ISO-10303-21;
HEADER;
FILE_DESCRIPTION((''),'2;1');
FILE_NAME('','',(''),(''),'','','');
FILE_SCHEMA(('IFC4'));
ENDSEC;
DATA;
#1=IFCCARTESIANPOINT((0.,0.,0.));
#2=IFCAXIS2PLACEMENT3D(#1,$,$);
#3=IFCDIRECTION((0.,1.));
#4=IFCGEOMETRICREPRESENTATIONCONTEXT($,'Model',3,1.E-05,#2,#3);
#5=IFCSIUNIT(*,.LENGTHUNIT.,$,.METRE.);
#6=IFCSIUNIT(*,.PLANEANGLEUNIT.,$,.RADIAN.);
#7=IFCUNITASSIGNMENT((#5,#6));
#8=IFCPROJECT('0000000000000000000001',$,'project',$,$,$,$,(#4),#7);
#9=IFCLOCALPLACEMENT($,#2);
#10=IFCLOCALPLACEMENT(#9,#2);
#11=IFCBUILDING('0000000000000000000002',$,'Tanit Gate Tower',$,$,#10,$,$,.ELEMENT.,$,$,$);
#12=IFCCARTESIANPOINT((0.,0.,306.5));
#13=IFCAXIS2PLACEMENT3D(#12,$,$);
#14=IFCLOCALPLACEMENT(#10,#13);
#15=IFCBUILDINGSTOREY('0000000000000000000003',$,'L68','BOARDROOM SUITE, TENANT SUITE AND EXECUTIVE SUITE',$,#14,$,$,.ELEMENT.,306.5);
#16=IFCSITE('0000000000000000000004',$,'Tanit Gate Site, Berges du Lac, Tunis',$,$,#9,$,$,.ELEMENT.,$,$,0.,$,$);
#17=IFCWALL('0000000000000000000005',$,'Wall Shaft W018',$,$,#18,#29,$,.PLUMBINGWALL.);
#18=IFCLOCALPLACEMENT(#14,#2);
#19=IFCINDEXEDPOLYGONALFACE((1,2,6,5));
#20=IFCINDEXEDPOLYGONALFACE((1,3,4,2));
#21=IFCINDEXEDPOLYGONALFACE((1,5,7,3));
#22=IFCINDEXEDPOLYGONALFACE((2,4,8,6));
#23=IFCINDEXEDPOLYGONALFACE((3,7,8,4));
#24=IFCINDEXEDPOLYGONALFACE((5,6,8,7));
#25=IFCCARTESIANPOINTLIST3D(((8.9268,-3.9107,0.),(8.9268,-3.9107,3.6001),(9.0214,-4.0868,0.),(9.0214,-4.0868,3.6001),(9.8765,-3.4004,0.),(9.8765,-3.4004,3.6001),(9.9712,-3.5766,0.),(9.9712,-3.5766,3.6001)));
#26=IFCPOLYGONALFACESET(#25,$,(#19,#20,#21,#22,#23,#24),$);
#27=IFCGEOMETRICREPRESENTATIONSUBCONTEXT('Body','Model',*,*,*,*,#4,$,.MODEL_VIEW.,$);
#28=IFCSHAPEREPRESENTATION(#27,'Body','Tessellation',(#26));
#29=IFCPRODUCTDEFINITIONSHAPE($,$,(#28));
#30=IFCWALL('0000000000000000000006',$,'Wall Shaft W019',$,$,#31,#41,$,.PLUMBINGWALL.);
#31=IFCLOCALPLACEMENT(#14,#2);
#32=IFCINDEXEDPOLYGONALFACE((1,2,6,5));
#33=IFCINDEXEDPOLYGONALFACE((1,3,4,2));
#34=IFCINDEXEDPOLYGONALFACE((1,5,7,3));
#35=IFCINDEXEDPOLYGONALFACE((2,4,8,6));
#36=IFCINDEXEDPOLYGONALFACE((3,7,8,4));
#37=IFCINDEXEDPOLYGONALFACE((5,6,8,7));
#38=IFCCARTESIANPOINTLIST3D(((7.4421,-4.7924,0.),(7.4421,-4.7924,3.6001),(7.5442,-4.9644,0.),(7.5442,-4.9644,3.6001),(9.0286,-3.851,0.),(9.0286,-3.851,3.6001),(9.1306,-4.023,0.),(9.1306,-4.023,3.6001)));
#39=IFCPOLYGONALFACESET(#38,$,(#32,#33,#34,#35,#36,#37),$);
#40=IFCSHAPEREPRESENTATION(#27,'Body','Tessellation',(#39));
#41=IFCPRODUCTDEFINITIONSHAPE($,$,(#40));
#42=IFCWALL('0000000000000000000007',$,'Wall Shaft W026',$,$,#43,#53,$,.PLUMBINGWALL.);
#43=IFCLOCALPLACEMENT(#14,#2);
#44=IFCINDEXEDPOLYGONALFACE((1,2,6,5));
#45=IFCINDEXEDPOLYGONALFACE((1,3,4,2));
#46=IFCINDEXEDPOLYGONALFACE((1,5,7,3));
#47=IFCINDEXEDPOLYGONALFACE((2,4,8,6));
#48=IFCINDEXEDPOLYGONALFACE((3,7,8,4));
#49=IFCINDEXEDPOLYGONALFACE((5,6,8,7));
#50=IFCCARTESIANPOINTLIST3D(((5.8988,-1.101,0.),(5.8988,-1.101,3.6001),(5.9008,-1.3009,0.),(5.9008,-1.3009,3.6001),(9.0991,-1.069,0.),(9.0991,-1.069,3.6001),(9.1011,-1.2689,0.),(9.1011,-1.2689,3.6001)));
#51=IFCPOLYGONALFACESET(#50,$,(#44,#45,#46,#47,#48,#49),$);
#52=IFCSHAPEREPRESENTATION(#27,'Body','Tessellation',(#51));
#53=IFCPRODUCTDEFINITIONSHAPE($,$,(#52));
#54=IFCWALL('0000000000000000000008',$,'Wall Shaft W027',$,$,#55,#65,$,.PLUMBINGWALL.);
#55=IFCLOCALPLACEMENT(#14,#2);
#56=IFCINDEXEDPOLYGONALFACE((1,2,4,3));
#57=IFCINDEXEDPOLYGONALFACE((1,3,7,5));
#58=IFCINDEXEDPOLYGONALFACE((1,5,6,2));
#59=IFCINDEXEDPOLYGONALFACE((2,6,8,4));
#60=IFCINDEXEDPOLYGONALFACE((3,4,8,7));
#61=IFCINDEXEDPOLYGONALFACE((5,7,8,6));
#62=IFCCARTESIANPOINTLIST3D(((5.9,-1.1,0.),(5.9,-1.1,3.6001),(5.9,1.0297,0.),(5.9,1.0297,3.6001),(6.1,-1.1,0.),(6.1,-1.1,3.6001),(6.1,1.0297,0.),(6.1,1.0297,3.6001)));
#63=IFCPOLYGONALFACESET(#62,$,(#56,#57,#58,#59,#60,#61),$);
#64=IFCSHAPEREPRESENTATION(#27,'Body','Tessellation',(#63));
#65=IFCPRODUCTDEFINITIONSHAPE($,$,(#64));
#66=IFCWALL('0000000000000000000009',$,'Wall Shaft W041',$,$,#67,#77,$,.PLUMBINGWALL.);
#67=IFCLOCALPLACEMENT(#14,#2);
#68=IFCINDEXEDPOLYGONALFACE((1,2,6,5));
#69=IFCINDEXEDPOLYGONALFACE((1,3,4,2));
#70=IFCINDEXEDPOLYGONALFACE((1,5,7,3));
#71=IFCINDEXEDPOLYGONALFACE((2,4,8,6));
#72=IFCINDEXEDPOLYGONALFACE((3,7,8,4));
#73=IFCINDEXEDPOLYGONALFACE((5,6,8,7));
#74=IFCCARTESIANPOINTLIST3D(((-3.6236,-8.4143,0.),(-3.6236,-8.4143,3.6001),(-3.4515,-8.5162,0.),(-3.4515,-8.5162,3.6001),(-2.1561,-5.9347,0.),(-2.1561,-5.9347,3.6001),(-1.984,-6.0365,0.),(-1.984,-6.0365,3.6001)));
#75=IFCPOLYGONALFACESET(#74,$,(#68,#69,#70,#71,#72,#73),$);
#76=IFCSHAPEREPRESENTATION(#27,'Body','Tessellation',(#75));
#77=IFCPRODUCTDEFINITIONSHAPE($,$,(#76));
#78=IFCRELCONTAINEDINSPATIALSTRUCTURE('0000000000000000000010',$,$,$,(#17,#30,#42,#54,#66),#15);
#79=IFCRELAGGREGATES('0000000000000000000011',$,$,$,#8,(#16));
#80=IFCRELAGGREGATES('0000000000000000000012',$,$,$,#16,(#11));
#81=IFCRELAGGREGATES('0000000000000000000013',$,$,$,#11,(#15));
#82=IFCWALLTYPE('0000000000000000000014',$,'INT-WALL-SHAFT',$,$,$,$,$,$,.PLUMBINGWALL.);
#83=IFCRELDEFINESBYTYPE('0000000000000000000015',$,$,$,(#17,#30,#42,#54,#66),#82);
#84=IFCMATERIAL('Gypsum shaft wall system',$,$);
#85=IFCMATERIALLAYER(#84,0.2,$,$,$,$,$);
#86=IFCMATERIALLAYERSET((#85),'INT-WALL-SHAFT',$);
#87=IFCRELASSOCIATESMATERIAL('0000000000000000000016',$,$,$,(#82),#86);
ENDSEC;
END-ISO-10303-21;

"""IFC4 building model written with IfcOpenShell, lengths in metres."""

from ifc_helpers import new_model, si_unit, direction, frame, frame_2d, origin, place, context, subcontext, project, spatial, rectangle, extrude, material, layer, layer_set, type_object, element, save


model = new_model("IFC4")

# Units and contexts
model_context = context("Model", 3, precision=1e-05, world=origin(), true_north=direction((0.0, 1.0)))
body_context = subcontext(model_context, "Body", "Model", "MODEL_VIEW")
ifc_project = project(units=[si_unit("LENGTHUNIT", "METRE"), si_unit("PLANEANGLEUNIT", "RADIAN")], contexts=[model_context])

# Site, building, storey
site_placement = place(None, origin())
site = spatial("IfcSite", under=ifc_project, at=site_placement, Name="Tanit Gate Site, Berges du Lac, Tunis", CompositionType="ELEMENT", RefElevation=0.0)
building_placement = place(site_placement, origin())
building = spatial("IfcBuilding", under=site, at=building_placement, Name="Tanit Gate Tower", CompositionType="ELEMENT")
storey_placement = place(building_placement, frame((0.0, 0.0, 306.5)))
storey = spatial("IfcBuildingStorey", under=building, at=storey_placement, Name="L68", Description="BOARDROOM SUITE, TENANT SUITE AND EXECUTIVE SUITE", CompositionType="ELEMENT", Elevation=306.5)

# Walls
ifc_material_1 = material(Name="Gypsum shaft wall system")
ifc_layer_1 = layer(ifc_material_1, 0.2)
ifc_layer_set_1 = layer_set([ifc_layer_1], Name="INT-WALL-SHAFT")
wall_type_1 = type_object("IfcWallType", Name="INT-WALL-SHAFT", PredefinedType="PLUMBINGWALL", material=ifc_layer_set_1)
wall_1_placement = place(storey_placement, frame((8.9741, -3.9988, 0.0), z_axis=(0.0, 0.0, 1.0), x_axis=(0.880907, 0.473289, 0.0)))
element("IfcWall", 1, at=wall_1_placement, inside=storey, type_object=wall_type_1, Name="Wall Shaft W018", PredefinedType="PLUMBINGWALL", context=body_context, shape_type="SweptSolid", body=[
    extrude(rectangle(XDim=1.0781, YDim=0.2, at=frame_2d((0.5391, 0.0))), origin(), (0.0, 0.0, 1.0), 3.6001),
])
wall_2_placement = place(storey_placement, frame((7.4932, -4.8784, 0.0), z_axis=(0.0, 0.0, 1.0), x_axis=(0.859982, 0.510325, 0.0)))
element("IfcWall", 2, at=wall_2_placement, inside=storey, type_object=wall_type_1, Name="Wall Shaft W019", PredefinedType="PLUMBINGWALL", context=body_context, shape_type="SweptSolid", body=[
    extrude(rectangle(XDim=1.8447, YDim=0.2, at=frame_2d((0.9224, 0.0))), origin(), (0.0, 0.0, 1.0), 3.6001),
])
wall_3_placement = place(storey_placement, frame((5.8999, -1.2009, 0.0), z_axis=(0.0, 0.0, 1.0), x_axis=(0.99995, 0.009993, 0.0)))
element("IfcWall", 3, at=wall_3_placement, inside=storey, type_object=wall_type_1, Name="Wall Shaft W026", PredefinedType="PLUMBINGWALL", context=body_context, shape_type="SweptSolid", body=[
    extrude(rectangle(XDim=3.2004, YDim=0.2, at=frame_2d((1.6001, 0.0))), origin(), (0.0, 0.0, 1.0), 3.6001),
])
wall_4_placement = place(storey_placement, frame((6.0, -1.1001, 0.0), z_axis=(0.0, 0.0, 1.0), x_axis=(0.0, 1.0, 0.0)))
element("IfcWall", 4, at=wall_4_placement, inside=storey, type_object=wall_type_1, Name="Wall Shaft W027", PredefinedType="PLUMBINGWALL", context=body_context, shape_type="SweptSolid", body=[
    extrude(rectangle(XDim=2.1296, YDim=0.2, at=frame_2d((1.0649, 0.0))), origin(), (0.0, 0.0, 1.0), 3.6001),
])
wall_5_placement = place(storey_placement, frame((-2.0701, -5.9856, 0.0), z_axis=(0.0, 0.0, 1.0), x_axis=(-0.509303, -0.860587, 0.0)))
element("IfcWall", 5, at=wall_5_placement, inside=storey, type_object=wall_type_1, Name="Wall Shaft W041", PredefinedType="PLUMBINGWALL", context=body_context, shape_type="SweptSolid", body=[
    extrude(rectangle(XDim=2.8813, YDim=0.2, at=frame_2d((1.4407, 0.0))), origin(), (0.0, 0.0, 1.0), 3.6001),
])

save(model, "model.ifc")
